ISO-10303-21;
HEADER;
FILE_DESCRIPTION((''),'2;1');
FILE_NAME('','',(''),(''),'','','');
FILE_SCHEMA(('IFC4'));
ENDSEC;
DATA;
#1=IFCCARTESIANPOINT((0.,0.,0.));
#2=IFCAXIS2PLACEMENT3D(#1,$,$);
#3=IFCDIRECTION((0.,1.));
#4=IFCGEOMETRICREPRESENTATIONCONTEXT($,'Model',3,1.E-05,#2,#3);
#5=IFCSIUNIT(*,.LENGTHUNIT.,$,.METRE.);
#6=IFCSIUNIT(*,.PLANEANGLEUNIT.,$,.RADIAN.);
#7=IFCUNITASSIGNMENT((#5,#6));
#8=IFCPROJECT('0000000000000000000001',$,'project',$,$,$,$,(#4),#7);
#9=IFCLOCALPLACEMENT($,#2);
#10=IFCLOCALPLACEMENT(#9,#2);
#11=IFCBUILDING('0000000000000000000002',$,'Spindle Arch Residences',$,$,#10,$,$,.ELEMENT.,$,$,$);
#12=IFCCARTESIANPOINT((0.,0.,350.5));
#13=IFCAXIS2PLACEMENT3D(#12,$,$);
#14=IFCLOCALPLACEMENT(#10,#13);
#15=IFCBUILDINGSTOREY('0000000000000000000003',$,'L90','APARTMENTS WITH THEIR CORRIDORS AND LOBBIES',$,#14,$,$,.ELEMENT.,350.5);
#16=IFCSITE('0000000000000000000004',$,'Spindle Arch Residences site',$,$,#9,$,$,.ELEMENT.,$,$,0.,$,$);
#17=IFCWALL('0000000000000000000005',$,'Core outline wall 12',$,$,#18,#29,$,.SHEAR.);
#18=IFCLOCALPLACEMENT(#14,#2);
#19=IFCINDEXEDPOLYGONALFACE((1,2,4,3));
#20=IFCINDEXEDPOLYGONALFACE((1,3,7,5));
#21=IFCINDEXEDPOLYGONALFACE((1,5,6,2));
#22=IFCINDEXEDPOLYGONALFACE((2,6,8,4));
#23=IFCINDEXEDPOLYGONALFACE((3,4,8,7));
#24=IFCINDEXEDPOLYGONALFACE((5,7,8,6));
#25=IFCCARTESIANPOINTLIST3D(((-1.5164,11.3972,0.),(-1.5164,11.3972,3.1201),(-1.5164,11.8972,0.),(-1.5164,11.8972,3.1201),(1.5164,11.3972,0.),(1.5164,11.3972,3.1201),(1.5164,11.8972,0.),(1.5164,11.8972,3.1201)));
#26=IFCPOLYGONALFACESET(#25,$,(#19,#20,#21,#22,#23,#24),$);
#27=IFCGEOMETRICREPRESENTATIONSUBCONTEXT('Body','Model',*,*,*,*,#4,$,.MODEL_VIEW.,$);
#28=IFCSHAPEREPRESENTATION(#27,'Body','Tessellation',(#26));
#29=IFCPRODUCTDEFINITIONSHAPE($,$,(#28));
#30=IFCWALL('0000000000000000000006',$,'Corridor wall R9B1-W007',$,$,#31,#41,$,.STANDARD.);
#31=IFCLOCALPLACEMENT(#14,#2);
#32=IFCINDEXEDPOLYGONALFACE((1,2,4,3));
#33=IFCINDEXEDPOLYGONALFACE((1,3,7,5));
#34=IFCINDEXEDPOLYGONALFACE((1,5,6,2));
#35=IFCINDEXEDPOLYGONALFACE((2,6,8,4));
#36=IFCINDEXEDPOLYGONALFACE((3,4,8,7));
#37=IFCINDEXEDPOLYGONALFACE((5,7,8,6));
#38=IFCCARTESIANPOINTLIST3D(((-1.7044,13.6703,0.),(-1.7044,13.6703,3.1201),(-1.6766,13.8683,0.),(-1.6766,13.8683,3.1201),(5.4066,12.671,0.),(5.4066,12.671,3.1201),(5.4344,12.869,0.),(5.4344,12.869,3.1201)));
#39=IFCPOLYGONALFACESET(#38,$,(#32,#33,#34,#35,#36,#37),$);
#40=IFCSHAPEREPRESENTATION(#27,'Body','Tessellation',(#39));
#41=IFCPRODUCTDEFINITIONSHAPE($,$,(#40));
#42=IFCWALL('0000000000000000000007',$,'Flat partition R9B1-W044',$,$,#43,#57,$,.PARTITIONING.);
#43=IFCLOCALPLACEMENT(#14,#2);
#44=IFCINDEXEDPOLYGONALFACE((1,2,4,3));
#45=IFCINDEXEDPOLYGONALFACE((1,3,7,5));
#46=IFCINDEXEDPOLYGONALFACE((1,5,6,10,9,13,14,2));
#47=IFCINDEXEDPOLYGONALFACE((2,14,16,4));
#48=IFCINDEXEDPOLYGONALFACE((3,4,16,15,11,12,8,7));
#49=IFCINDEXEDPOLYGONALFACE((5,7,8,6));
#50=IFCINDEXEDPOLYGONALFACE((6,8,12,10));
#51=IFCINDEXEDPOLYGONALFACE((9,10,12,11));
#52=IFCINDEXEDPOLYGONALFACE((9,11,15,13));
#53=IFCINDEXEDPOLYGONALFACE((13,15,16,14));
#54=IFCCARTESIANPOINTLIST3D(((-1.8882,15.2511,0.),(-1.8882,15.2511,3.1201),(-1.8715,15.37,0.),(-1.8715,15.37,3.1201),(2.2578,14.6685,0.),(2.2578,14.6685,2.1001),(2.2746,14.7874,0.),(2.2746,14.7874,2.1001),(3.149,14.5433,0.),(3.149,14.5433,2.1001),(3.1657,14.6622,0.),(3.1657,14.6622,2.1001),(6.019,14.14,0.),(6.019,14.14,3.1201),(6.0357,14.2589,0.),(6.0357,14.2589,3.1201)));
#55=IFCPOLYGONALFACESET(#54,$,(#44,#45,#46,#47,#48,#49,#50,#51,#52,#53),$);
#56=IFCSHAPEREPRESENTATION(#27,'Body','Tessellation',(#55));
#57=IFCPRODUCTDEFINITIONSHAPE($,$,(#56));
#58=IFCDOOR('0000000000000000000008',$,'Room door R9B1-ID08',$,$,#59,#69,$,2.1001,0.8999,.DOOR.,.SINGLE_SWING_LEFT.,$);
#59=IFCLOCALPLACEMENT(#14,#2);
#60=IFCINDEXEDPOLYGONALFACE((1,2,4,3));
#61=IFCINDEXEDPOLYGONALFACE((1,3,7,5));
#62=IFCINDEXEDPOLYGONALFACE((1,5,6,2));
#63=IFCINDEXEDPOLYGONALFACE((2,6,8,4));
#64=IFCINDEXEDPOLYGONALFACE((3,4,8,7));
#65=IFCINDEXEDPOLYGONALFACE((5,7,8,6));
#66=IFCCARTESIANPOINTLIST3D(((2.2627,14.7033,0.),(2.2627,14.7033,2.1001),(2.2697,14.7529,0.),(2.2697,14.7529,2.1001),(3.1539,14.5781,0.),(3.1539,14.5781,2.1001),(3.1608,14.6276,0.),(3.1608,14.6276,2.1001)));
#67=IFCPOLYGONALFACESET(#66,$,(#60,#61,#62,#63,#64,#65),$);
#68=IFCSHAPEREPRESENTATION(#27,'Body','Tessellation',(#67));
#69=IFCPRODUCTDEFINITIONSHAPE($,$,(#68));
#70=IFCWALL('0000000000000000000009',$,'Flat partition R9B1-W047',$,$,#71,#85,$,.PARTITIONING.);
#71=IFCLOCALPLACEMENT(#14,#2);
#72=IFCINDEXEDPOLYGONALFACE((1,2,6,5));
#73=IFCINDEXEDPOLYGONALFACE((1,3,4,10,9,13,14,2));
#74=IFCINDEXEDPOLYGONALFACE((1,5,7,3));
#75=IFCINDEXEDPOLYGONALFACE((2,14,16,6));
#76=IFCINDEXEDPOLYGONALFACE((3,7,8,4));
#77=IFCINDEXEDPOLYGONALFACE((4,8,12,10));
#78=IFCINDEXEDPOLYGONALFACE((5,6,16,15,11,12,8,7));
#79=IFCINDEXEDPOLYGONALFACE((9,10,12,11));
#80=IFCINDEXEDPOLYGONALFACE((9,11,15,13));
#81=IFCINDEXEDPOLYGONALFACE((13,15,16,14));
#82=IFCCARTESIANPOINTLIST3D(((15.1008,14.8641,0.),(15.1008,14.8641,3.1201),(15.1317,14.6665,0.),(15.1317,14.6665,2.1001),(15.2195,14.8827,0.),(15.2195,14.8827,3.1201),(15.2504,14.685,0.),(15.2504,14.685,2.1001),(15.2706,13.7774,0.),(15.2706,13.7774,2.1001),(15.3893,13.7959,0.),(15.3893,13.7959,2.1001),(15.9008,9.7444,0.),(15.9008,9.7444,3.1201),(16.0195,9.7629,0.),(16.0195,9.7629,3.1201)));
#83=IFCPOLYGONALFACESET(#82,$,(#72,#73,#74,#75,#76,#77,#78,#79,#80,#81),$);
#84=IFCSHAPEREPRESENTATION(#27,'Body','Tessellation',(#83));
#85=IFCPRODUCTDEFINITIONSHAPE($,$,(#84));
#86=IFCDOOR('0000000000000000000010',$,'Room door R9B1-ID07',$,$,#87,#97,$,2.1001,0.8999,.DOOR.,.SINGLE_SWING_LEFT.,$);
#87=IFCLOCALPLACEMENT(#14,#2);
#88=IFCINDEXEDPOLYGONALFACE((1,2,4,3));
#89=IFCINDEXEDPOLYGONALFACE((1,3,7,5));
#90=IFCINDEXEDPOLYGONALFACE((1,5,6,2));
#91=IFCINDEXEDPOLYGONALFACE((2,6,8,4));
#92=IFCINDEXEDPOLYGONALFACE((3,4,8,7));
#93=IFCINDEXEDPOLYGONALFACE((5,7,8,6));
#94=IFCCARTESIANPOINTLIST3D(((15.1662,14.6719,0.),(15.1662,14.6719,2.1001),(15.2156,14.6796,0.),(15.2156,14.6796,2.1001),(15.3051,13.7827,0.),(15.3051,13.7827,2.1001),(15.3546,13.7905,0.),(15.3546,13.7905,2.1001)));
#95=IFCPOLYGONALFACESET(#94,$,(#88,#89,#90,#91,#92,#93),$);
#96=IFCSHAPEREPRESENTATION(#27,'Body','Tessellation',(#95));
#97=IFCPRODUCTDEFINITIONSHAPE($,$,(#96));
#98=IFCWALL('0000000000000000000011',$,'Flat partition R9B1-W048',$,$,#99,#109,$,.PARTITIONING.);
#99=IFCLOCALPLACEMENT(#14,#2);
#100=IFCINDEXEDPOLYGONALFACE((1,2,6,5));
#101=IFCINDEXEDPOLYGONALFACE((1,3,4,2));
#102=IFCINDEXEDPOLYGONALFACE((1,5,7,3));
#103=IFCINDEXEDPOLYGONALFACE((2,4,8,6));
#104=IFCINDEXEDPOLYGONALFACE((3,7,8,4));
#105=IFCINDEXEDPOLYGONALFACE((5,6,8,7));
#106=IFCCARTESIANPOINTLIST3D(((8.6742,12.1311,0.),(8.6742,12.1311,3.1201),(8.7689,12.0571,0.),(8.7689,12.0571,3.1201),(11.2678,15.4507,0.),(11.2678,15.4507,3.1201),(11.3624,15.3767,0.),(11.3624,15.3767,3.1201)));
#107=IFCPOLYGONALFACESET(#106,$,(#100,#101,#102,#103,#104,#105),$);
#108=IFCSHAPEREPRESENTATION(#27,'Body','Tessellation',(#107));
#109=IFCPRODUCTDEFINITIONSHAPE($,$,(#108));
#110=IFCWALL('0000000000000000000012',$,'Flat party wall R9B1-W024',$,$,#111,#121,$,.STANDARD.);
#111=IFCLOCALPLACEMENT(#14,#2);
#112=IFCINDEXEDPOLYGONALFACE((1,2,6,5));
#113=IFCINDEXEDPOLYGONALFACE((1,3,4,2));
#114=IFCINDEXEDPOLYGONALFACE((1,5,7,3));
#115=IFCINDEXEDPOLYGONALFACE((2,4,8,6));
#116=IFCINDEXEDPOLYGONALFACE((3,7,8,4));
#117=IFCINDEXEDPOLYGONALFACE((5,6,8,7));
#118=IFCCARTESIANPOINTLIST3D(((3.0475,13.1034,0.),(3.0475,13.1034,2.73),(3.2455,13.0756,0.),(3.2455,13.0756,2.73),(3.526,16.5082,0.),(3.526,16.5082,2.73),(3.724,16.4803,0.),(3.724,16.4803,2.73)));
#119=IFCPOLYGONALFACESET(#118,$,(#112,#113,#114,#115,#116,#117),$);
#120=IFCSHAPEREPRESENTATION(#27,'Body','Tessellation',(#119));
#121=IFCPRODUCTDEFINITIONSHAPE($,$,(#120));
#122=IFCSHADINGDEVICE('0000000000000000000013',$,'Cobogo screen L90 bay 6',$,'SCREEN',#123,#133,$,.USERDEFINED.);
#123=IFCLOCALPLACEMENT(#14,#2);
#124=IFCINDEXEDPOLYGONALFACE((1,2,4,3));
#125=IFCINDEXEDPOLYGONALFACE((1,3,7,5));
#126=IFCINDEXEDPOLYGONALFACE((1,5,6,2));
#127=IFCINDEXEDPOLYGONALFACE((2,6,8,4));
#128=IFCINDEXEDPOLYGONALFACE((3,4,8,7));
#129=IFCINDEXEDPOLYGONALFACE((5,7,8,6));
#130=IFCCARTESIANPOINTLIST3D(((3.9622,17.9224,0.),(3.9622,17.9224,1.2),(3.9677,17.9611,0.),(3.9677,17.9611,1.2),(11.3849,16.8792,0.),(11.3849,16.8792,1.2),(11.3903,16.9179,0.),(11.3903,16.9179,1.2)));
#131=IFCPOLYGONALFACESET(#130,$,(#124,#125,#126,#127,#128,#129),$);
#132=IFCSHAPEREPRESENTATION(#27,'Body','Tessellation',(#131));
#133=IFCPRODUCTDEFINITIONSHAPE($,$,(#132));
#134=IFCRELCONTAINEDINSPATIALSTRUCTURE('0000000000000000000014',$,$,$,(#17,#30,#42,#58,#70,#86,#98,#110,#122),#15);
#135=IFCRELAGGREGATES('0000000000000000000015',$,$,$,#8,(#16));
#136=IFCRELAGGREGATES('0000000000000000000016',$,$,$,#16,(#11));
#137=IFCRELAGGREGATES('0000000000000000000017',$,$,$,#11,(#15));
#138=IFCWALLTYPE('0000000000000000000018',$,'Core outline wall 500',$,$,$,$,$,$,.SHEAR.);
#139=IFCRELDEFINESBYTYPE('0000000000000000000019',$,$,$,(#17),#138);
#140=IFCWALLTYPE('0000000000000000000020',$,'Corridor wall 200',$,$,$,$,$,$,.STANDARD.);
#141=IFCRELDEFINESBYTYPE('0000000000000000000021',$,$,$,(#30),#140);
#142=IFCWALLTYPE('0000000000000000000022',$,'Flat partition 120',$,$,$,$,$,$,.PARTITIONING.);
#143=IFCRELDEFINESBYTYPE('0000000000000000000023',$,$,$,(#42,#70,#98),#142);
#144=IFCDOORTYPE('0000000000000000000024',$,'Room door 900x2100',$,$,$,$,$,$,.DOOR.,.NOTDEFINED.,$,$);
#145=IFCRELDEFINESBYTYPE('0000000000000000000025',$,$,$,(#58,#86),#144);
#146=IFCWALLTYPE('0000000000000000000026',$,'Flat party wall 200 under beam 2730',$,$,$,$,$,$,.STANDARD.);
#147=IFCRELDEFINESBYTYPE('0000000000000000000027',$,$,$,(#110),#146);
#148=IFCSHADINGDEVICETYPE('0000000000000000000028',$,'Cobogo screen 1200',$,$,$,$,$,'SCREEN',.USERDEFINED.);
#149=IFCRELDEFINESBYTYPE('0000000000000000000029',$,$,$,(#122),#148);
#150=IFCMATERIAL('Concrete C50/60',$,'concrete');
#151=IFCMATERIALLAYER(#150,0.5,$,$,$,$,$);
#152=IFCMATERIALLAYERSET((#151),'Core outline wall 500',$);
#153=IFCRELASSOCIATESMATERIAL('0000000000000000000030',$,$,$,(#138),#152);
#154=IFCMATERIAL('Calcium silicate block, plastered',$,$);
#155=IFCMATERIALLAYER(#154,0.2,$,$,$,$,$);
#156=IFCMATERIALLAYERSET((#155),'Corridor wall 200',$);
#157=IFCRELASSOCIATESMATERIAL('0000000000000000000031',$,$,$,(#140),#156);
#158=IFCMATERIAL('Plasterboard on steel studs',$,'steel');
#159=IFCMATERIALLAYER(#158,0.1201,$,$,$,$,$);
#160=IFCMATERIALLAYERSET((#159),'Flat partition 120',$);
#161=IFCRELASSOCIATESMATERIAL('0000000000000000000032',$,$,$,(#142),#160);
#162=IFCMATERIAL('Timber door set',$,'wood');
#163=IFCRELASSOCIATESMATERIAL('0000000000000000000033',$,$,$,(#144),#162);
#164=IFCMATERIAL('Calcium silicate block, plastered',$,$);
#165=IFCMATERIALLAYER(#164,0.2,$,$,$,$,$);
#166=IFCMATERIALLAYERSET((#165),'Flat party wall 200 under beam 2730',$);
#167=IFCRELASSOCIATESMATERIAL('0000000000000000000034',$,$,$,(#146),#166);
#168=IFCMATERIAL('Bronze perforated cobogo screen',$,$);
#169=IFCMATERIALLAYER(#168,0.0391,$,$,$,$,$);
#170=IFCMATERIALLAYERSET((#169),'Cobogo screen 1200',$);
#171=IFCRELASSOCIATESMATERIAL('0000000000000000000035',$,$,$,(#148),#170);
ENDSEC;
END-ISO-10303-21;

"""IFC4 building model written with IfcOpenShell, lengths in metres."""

from ifc_helpers import new_model, si_unit, direction, frame, frame_2d, origin, origin_2d, place, context, subcontext, project, spatial, rectangle, extrude, material, layer, layer_set, type_object, element, fill, save


model = new_model("IFC4")

# Units and contexts
model_context = context("Model", 3, precision=1e-05, world=origin(), true_north=direction((0.0, 1.0)))
body_context = subcontext(model_context, "Body", "Model", "MODEL_VIEW")
ifc_project = project(units=[si_unit("LENGTHUNIT", "METRE"), si_unit("PLANEANGLEUNIT", "RADIAN")], contexts=[model_context])

# Site, building, storey
site_placement = place(None, origin())
site = spatial("IfcSite", under=ifc_project, at=site_placement, Name="Spindle Arch Residences site", CompositionType="ELEMENT", RefElevation=0.0)
building_placement = place(site_placement, origin())
building = spatial("IfcBuilding", under=site, at=building_placement, Name="Spindle Arch Residences", CompositionType="ELEMENT")
storey_placement = place(building_placement, frame((0.0, 0.0, 350.5)))
storey = spatial("IfcBuildingStorey", under=building, at=storey_placement, Name="L90", Description="APARTMENTS WITH THEIR CORRIDORS AND LOBBIES", CompositionType="ELEMENT", Elevation=350.5)

# Walls
ifc_material_1 = material(Name="Concrete C50/60", Category="concrete")
ifc_layer_1 = layer(ifc_material_1, 0.5)
ifc_layer_set_1 = layer_set([ifc_layer_1], Name="Core outline wall 500")
wall_type_1 = type_object("IfcWallType", Name="Core outline wall 500", PredefinedType="SHEAR", material=ifc_layer_set_1)
wall_1_placement = place(storey_placement, frame((1.5164, 11.6472, 0.0), z_axis=(0.0, 0.0, 1.0), x_axis=(-1.0, 0.0, 0.0)))
element("IfcWall", 1, at=wall_1_placement, inside=storey, type_object=wall_type_1, Name="Core outline wall 12", PredefinedType="SHEAR", context=body_context, shape_type="SweptSolid", body=[
    extrude(rectangle(XDim=3.0327, YDim=0.5, at=frame_2d((1.5164, 0.0))), origin(), (0.0, 0.0, 1.0), 3.1201),
])
ifc_material_2 = material(Name="Calcium silicate block, plastered")
ifc_layer_2 = layer(ifc_material_2, 0.2)
ifc_layer_set_2 = layer_set([ifc_layer_2], Name="Corridor wall 200")
wall_type_2 = type_object("IfcWallType", Name="Corridor wall 200", PredefinedType="STANDARD", material=ifc_layer_set_2)
wall_2_placement = place(storey_placement, frame((5.4204, 12.77, 0.0), z_axis=(0.0, 0.0, 1.0), x_axis=(-0.990271, 0.139155, 0.0)))
element("IfcWall", 2, at=wall_2_placement, inside=storey, type_object=wall_type_2, Name="Corridor wall R9B1-W007", PredefinedType="STANDARD", context=body_context, shape_type="SweptSolid", body=[
    extrude(rectangle(XDim=7.1809, YDim=0.2, at=frame_2d((3.5903, 0.0))), origin(), (0.0, 0.0, 1.0), 3.1201),
])

# Walls, openings, doors
ifc_material_3 = material(Name="Plasterboard on steel studs", Category="steel")
ifc_layer_3 = layer(ifc_material_3, 0.1201)
ifc_layer_set_3 = layer_set([ifc_layer_3], Name="Flat partition 120")
wall_type_3 = type_object("IfcWallType", Name="Flat partition 120", PredefinedType="PARTITIONING", material=ifc_layer_set_3)
wall_3_placement = place(storey_placement, frame((6.0273, 14.1995, 0.0), z_axis=(0.0, 0.0, 1.0), x_axis=(-0.990272, 0.139148, 0.0)))
wall_3 = element("IfcWall", 3, at=wall_3_placement, inside=storey, type_object=wall_type_3, Name="Flat partition R9B1-W044", PredefinedType="PARTITIONING", context=body_context, shape_type="SweptSolid", body=[
    extrude(rectangle(XDim=7.9849, YDim=0.1201, at=frame_2d((3.9924, 0.0))), origin(), (0.0, 0.0, 1.0), 3.1201),
])
opening_1_placement = place(wall_3_placement, frame((2.8982, 0.0, 0.0)))
opening_1 = element("IfcOpeningElement", 4, at=opening_1_placement, cuts=wall_3, PredefinedType="OPENING", context=body_context, shape_type="SweptSolid", body=[
    extrude(rectangle(XDim=0.8999, YDim=2.1001, at=frame_2d((0.45, 1.05))), frame((0.0, 0.0701, 0.0), z_axis=(0.0, -1.0, 0.0), x_axis=(1.0, 0.0, 0.0)), (0.0, 0.0, 1.0), 0.1401),
])
ifc_material_4 = material(Name="Timber door set", Category="wood")
door_type_1 = type_object("IfcDoorType", Name="Room door 900x2100", OperationType="NOTDEFINED", PredefinedType="DOOR", material=ifc_material_4)
door_1_placement = place(opening_1_placement, origin())
door_1 = element("IfcDoor", 5, at=door_1_placement, inside=storey, type_object=door_type_1, Name="Room door R9B1-ID08", OperationType="SINGLE_SWING_LEFT", OverallHeight=2.1001, OverallWidth=0.8999, PredefinedType="DOOR", context=body_context, shape_type="SweptSolid", body=[
    extrude(rectangle(XDim=0.8999, YDim=2.1001, at=frame_2d((0.45, 1.05))), frame((0.0, 0.0249, 0.0), z_axis=(0.0, -1.0, 0.0), x_axis=(1.0, 0.0, 0.0)), (0.0, 0.0, 1.0), 0.05),
])
fill(opening_1, door_1)
wall_4_placement = place(storey_placement, frame((15.1602, 14.8733, 0.0), z_axis=(0.0, 0.0, 1.0), x_axis=(0.15439, -0.98801, 0.0)))
wall_4 = element("IfcWall", 6, at=wall_4_placement, inside=storey, type_object=wall_type_3, Name="Flat partition R9B1-W047", PredefinedType="PARTITIONING", context=body_context, shape_type="SweptSolid", body=[
    extrude(rectangle(XDim=5.1819, YDim=0.1201, at=frame_2d((2.5908, 0.0))), origin(), (0.0, 0.0, 1.0), 3.1201),
])
opening_2_placement = place(wall_4_placement, frame((0.2, 0.0, 0.0)))
opening_2 = element("IfcOpeningElement", 7, at=opening_2_placement, cuts=wall_4, PredefinedType="OPENING", context=body_context, shape_type="SweptSolid", body=[
    extrude(rectangle(XDim=0.8999, YDim=2.1001, at=frame_2d((0.45, 1.05))), frame((0.0, 0.0701, 0.0), z_axis=(0.0, -1.0, 0.0), x_axis=(1.0, 0.0, 0.0)), (0.0, 0.0, 1.0), 0.1401),
])
door_2_placement = place(opening_2_placement, origin())
door_2 = element("IfcDoor", 8, at=door_2_placement, inside=storey, type_object=door_type_1, Name="Room door R9B1-ID07", OperationType="SINGLE_SWING_LEFT", OverallHeight=2.1001, OverallWidth=0.8999, PredefinedType="DOOR", context=body_context, shape_type="SweptSolid", body=[
    extrude(rectangle(XDim=0.8999, YDim=2.1001, at=frame_2d((0.45, 1.05))), frame((0.0, 0.0249, 0.0), z_axis=(0.0, -1.0, 0.0), x_axis=(1.0, 0.0, 0.0)), (0.0, 0.0, 1.0), 0.05),
])
fill(opening_2, door_2)

# Walls
wall_5_placement = place(storey_placement, frame((11.3152, 15.4138, 0.0), z_axis=(0.0, 0.0, 1.0), x_axis=(-0.615656, -0.788015, 0.0)))
element("IfcWall", 9, at=wall_5_placement, inside=storey, type_object=wall_type_3, Name="Flat partition R9B1-W048", PredefinedType="PARTITIONING", context=body_context, shape_type="SweptSolid", body=[
    extrude(rectangle(XDim=4.2126, YDim=0.1201, at=frame_2d((2.1064, 0.0))), origin(), (0.0, 0.0, 1.0), 3.1201),
])
ifc_material_5 = material(Name="Calcium silicate block, plastered")
ifc_layer_4 = layer(ifc_material_5, 0.2)
ifc_layer_set_4 = layer_set([ifc_layer_4], Name="Flat party wall 200 under beam 2730")
wall_type_4 = type_object("IfcWallType", Name="Flat party wall 200 under beam 2730", PredefinedType="STANDARD", material=ifc_layer_set_4)
wall_6_placement = place(storey_placement, frame((3.625, 16.4944, 0.0), z_axis=(0.0, 0.0, 1.0), x_axis=(-0.139174, -0.990268, 0.0)))
element("IfcWall", 10, at=wall_6_placement, inside=storey, type_object=wall_type_4, Name="Flat party wall R9B1-W024", PredefinedType="STANDARD", context=body_context, shape_type="SweptSolid", body=[
    extrude(rectangle(XDim=3.4382, YDim=0.2, at=frame_2d((1.7192, 0.0))), origin(), (0.0, 0.0, 1.0), 2.73),
])

# Shading device
ifc_material_6 = material(Name="Bronze perforated cobogo screen")
ifc_layer_5 = layer(ifc_material_6, 0.0391)
ifc_layer_set_5 = layer_set([ifc_layer_5], Name="Cobogo screen 1200")
shading_device_type = type_object("IfcShadingDeviceType", Name="Cobogo screen 1200", ElementType="SCREEN", PredefinedType="USERDEFINED", material=ifc_layer_set_5)
shading_device_placement = place(storey_placement, frame((7.6763, 17.4202, 0.0), z_axis=(0.0, 0.0, 1.0), x_axis=(-0.990268, 0.139173, 0.0)))
element("IfcShadingDevice", 11, at=shading_device_placement, inside=storey, type_object=shading_device_type, Name="Cobogo screen L90 bay 6", ObjectType="SCREEN", PredefinedType="USERDEFINED", context=body_context, shape_type="SweptSolid", body=[
    extrude(rectangle(XDim=7.4956, YDim=0.0391, at=origin_2d()), origin(), (0.0, 0.0, 1.0), 1.2),
])

save(model, "model.ifc")
